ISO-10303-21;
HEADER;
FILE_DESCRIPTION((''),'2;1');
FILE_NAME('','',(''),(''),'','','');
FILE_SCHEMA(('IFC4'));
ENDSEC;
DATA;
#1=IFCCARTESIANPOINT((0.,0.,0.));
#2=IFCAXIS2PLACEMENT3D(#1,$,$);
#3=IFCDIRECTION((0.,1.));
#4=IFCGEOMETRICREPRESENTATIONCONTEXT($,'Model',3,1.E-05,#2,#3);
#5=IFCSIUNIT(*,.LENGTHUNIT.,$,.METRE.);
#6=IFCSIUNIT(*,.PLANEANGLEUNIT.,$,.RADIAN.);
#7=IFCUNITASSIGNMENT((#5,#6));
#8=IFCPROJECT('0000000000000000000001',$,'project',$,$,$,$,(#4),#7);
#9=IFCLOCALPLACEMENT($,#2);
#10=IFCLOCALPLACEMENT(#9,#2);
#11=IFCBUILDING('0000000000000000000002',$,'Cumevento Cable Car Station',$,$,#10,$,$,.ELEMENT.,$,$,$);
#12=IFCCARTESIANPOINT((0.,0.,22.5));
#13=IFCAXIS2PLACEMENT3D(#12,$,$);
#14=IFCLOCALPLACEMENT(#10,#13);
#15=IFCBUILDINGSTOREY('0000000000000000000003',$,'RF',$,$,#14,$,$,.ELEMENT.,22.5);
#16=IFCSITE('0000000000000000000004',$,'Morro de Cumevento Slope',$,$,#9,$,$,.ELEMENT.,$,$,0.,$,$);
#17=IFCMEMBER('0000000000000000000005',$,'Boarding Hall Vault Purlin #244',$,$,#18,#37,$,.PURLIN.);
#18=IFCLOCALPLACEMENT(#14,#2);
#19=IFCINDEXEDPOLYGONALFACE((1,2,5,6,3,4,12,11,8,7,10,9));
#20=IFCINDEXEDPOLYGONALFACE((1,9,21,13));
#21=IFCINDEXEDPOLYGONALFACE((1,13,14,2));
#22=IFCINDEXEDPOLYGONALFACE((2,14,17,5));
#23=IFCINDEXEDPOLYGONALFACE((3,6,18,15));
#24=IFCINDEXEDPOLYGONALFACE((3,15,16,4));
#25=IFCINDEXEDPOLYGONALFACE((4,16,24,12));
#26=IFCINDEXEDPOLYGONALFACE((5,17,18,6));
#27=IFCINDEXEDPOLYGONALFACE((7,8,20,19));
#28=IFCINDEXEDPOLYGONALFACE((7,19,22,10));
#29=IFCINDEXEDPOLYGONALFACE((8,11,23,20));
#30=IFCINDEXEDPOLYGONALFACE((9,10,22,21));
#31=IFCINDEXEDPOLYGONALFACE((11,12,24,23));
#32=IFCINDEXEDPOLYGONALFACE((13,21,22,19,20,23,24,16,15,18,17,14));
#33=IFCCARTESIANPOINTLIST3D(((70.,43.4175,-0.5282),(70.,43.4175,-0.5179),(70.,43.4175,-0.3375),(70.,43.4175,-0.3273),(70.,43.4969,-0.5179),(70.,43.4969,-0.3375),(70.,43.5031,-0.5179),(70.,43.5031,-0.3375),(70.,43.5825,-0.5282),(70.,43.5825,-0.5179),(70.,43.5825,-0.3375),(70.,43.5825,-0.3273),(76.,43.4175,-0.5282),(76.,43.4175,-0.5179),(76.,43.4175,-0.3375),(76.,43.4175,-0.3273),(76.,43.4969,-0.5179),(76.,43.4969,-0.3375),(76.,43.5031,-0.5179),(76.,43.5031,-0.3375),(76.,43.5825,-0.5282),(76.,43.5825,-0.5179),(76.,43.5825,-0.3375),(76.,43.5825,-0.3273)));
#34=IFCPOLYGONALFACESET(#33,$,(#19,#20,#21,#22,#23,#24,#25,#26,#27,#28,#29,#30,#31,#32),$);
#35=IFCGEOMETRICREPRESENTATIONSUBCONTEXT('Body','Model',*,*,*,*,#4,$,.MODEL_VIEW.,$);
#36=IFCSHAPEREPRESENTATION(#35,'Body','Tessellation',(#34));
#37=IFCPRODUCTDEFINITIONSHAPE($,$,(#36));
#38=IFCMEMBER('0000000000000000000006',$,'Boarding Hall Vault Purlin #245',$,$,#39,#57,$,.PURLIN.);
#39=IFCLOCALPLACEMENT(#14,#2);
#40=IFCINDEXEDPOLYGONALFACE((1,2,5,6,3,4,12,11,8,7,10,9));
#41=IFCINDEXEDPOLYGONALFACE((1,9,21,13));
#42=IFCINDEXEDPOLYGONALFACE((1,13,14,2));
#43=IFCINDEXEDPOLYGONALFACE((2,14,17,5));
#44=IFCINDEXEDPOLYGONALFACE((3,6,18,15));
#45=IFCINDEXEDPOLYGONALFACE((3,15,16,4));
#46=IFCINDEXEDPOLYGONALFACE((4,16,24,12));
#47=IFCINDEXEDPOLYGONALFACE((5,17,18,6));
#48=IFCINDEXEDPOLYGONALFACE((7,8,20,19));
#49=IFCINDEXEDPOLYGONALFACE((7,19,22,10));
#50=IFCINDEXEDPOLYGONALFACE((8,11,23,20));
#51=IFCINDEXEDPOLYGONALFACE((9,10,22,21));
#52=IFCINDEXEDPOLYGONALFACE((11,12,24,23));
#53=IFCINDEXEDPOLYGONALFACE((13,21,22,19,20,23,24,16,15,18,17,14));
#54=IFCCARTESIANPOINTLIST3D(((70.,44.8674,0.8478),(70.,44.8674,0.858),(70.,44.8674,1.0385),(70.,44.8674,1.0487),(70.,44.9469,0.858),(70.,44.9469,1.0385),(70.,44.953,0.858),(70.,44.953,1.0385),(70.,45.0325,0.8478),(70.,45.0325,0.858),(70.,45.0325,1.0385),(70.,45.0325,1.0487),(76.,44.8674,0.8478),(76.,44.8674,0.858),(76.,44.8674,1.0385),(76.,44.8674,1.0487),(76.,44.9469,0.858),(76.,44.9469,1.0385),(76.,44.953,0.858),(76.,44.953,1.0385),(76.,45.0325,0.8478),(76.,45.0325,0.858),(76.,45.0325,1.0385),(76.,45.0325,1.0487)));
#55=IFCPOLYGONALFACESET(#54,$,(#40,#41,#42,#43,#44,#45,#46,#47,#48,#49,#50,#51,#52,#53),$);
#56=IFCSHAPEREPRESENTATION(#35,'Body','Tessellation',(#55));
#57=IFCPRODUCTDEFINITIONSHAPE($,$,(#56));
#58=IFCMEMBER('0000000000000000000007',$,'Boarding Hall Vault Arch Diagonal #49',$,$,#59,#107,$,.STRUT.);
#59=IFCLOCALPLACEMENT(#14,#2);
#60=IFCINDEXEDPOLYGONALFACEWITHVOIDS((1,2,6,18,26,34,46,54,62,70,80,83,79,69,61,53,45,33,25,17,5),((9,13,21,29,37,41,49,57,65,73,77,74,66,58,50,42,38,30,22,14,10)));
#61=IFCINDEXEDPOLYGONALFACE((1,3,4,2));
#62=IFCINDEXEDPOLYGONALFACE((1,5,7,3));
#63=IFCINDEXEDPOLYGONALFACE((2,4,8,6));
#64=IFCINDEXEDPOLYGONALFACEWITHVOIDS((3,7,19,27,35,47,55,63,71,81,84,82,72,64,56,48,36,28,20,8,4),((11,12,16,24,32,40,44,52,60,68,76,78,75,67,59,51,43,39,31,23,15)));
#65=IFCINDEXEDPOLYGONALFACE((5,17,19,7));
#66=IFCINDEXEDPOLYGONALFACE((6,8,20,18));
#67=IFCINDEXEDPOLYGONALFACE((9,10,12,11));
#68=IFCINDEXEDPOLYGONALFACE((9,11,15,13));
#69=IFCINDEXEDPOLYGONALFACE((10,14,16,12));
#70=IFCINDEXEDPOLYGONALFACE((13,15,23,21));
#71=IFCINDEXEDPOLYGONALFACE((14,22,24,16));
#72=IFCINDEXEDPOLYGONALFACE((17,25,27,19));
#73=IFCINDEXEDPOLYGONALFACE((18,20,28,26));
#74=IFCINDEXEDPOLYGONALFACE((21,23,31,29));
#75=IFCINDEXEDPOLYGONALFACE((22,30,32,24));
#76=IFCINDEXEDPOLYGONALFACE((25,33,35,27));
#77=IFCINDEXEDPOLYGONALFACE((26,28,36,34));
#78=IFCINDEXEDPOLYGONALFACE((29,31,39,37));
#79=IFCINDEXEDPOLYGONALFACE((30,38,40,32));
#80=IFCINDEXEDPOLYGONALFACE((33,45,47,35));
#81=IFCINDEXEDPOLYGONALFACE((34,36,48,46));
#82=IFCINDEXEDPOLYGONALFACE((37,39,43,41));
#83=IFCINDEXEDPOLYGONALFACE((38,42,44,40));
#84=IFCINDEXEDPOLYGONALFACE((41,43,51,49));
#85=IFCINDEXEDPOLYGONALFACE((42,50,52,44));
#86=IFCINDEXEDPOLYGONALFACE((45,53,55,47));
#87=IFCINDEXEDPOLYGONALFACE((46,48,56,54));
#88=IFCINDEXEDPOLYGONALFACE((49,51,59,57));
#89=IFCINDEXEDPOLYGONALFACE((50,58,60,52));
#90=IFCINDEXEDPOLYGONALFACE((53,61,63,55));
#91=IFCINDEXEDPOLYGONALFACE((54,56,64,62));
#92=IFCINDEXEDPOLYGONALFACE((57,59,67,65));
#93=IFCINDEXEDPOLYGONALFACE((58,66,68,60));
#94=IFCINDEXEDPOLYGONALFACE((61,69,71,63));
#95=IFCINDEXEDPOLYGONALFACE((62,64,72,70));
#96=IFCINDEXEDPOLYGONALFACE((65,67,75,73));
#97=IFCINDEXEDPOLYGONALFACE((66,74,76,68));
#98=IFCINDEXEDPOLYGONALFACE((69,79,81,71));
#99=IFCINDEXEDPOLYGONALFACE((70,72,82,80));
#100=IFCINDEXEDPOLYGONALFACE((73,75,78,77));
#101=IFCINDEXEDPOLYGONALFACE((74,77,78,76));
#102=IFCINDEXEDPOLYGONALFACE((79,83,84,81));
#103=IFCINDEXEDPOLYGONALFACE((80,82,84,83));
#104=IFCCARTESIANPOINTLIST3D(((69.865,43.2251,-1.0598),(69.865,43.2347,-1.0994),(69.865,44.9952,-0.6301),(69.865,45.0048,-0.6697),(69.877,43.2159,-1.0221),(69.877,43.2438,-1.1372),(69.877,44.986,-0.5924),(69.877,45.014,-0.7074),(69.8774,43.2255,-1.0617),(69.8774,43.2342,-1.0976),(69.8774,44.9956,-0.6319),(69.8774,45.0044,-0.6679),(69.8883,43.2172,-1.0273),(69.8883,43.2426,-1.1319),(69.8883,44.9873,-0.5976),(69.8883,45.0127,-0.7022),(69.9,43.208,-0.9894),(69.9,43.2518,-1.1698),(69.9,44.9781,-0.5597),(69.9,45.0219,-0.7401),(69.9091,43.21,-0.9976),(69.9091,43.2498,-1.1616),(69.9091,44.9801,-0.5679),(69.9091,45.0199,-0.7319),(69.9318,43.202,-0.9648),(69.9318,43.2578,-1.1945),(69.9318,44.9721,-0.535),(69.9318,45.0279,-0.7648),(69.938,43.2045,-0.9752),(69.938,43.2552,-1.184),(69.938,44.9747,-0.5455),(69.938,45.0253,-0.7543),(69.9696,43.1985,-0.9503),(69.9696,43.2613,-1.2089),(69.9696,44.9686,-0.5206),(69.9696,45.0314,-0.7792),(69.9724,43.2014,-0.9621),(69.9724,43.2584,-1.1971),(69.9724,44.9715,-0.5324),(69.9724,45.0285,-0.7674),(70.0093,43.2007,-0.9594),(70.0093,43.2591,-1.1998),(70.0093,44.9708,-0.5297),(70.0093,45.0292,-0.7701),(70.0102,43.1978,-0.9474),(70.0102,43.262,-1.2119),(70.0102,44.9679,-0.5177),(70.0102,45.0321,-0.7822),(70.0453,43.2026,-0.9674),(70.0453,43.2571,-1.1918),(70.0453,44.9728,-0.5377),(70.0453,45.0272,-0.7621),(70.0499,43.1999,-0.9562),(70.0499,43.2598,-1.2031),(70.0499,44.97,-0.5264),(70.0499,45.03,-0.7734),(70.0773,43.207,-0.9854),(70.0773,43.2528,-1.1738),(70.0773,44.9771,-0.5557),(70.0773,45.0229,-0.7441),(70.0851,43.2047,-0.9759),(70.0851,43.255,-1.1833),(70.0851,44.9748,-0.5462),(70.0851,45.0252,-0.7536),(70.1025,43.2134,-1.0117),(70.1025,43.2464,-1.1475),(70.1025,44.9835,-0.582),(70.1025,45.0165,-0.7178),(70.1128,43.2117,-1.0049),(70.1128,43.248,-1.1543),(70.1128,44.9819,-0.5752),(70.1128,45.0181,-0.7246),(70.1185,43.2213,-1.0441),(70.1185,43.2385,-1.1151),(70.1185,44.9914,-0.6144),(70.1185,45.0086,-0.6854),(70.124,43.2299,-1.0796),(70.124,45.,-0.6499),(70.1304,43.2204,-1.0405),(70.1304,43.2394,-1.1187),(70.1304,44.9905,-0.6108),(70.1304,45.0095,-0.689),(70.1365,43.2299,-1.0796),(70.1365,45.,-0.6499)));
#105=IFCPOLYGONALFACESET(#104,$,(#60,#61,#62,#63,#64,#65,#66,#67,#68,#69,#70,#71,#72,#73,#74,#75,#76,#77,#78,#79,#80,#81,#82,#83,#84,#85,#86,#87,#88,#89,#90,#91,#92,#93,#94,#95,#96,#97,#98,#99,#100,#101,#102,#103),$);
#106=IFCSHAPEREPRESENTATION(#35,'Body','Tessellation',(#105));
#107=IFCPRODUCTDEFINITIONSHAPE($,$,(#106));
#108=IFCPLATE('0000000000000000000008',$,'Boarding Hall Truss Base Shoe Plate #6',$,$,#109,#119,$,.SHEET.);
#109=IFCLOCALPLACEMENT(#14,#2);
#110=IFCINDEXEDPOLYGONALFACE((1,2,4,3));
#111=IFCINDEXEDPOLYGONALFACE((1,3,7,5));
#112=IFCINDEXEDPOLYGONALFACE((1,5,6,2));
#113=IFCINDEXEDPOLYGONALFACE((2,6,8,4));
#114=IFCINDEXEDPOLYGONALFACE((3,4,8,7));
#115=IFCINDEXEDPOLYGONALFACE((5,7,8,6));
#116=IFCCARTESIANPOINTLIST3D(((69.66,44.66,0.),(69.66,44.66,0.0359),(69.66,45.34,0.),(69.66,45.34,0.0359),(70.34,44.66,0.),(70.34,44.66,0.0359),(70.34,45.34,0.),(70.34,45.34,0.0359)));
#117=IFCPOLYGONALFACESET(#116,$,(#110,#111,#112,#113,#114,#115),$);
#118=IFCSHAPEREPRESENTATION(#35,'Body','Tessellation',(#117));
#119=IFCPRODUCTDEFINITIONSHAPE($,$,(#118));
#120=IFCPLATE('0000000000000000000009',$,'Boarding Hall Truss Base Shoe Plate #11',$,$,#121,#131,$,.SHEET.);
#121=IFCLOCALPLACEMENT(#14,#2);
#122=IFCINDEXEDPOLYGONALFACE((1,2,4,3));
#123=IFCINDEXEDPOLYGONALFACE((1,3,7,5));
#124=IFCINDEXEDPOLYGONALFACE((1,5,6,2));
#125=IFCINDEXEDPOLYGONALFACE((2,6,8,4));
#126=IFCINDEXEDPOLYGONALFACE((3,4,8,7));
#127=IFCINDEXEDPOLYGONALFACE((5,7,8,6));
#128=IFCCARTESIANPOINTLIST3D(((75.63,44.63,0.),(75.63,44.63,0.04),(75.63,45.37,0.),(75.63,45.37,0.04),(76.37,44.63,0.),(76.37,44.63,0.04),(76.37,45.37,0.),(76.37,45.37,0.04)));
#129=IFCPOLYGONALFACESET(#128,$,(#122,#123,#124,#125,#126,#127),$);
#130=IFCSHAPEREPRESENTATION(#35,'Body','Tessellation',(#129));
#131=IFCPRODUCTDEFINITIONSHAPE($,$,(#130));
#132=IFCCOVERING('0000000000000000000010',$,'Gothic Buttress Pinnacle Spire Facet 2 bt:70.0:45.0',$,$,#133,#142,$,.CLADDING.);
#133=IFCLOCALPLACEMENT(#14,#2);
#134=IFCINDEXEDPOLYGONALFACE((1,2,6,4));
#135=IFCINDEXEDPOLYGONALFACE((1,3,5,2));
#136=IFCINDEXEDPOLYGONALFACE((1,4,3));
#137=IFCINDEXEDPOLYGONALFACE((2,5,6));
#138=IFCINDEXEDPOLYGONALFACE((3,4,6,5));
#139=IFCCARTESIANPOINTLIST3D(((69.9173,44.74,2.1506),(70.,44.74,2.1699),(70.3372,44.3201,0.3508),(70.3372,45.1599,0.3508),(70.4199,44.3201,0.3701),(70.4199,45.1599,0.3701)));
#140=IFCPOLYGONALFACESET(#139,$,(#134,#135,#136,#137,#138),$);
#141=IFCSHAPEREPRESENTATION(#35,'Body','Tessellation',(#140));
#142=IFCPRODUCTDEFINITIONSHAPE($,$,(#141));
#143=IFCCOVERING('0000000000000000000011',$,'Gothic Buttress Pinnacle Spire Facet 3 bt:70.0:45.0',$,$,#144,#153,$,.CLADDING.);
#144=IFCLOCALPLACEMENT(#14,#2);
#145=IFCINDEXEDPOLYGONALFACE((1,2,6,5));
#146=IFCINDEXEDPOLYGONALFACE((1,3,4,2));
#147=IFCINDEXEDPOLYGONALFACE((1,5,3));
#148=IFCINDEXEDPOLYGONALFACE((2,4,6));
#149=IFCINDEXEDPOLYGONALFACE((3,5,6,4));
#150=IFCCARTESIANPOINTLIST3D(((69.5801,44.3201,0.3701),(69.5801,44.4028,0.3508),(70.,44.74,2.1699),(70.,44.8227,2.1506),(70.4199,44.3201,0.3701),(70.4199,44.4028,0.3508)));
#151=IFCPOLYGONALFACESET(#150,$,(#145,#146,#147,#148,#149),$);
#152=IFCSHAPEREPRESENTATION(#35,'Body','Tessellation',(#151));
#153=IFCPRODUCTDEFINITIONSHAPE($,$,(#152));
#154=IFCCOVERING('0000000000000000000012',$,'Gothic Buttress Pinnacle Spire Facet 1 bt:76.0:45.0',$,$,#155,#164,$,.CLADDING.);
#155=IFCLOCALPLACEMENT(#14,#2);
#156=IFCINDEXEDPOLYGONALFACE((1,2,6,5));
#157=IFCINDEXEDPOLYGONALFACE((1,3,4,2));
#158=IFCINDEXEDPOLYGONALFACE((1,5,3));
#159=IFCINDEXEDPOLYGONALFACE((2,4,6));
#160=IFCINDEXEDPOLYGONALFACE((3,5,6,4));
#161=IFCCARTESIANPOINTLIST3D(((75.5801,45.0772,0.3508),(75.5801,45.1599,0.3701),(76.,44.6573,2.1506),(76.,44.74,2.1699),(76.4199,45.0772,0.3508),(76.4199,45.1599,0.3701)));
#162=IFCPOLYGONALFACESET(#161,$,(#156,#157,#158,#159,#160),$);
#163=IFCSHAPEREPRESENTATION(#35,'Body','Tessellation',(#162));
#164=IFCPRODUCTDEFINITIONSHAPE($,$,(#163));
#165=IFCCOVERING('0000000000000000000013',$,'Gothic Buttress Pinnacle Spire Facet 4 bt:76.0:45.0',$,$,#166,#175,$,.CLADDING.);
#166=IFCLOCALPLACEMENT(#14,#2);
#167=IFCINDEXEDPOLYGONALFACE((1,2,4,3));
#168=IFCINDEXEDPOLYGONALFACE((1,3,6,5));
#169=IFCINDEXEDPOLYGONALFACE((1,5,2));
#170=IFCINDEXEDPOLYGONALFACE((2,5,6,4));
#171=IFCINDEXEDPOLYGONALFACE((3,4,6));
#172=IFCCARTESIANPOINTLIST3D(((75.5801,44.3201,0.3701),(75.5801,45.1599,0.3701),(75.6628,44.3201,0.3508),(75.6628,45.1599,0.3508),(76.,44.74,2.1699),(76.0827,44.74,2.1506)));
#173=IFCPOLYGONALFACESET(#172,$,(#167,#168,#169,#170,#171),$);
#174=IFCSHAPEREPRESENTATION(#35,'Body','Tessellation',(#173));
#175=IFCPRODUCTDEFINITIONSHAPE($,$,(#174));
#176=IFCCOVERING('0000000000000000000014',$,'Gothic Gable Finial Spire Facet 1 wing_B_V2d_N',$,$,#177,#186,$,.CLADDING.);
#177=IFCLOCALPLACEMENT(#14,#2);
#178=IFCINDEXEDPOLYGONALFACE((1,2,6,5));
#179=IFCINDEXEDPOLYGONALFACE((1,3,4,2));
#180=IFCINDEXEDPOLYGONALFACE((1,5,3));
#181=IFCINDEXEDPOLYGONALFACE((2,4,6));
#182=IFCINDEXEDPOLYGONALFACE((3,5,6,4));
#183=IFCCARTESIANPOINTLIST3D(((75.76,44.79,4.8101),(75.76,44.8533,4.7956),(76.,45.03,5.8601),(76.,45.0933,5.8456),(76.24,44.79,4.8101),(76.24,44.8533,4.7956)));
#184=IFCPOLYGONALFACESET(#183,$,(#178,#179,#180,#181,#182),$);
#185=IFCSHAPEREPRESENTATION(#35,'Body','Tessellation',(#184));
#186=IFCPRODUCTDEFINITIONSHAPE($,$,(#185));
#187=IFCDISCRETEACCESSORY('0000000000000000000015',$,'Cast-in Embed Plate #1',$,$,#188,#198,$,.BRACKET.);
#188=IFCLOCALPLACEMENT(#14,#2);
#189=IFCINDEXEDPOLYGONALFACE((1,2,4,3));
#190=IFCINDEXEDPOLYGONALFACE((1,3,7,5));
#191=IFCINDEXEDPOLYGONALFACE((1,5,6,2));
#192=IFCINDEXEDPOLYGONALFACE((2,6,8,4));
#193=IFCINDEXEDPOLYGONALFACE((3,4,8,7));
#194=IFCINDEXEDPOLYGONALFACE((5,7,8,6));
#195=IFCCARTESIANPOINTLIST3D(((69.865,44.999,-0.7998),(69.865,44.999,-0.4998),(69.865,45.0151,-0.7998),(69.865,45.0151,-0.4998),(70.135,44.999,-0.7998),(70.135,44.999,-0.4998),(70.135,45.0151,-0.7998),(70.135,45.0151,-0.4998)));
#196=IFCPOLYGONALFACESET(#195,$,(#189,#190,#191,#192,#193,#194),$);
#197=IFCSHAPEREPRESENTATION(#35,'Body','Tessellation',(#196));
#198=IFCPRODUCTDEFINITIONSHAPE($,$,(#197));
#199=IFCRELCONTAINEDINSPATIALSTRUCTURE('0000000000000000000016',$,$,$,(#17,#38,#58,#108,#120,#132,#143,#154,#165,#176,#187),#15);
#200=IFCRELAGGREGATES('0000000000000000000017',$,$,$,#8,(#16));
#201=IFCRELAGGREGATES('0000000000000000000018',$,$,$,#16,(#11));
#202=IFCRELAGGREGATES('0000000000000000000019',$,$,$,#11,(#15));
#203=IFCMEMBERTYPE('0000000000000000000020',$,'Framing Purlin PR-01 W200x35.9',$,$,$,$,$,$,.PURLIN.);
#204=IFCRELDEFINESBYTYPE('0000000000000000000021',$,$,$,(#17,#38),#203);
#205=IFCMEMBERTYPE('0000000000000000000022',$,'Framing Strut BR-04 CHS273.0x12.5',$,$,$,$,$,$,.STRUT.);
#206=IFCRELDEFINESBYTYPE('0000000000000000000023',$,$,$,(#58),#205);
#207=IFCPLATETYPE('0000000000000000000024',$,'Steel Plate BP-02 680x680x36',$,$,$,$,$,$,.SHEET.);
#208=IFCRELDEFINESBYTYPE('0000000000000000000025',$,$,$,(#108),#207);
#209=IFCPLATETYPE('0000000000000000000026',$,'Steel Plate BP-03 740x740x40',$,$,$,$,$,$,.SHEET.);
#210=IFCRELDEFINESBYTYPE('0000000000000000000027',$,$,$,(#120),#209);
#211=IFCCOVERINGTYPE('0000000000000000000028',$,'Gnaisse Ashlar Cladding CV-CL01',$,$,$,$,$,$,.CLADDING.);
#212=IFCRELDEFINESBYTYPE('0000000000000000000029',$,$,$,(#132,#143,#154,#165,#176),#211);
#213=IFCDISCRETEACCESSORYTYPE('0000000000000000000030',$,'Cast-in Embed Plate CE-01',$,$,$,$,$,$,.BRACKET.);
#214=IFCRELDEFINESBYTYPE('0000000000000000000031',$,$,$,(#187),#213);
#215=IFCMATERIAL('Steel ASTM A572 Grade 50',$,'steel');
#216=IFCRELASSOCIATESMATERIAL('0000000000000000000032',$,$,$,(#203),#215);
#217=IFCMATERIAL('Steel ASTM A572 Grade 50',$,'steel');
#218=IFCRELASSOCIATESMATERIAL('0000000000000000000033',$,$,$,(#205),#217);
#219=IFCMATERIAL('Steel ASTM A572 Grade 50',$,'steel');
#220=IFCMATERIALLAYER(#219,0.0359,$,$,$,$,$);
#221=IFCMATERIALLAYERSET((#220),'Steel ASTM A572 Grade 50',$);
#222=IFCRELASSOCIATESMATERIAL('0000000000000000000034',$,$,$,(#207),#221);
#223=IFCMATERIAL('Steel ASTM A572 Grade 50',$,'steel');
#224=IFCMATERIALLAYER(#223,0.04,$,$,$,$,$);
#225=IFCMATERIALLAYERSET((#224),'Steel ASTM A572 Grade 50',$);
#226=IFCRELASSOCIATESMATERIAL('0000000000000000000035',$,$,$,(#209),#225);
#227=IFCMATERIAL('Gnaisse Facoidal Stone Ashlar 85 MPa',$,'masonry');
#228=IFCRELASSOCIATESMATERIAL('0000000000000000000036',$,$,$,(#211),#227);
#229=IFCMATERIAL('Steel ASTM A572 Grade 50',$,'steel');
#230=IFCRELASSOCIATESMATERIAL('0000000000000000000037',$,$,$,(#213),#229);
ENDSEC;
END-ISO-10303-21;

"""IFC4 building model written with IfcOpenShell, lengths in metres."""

from ifc_helpers import new_model, si_unit, direction, frame, origin, origin_2d, place, context, subcontext, project, spatial, polyline, rectangle, hollow_circle, i_section, outline, extrude, material, layer, layer_set, material_profile, profile_set, type_object, element, save


model = new_model("IFC4")

# Units and contexts
model_context = context("Model", 3, precision=1e-05, world=origin(), true_north=direction((0.0, 1.0)))
body_context = subcontext(model_context, "Body", "Model", "MODEL_VIEW")
ifc_project = project(units=[si_unit("LENGTHUNIT", "METRE"), si_unit("PLANEANGLEUNIT", "RADIAN")], contexts=[model_context])

# Site, building, storey
site_placement = place(None, origin())
site = spatial("IfcSite", under=ifc_project, at=site_placement, Name="Morro de Cumevento Slope", CompositionType="ELEMENT", RefElevation=0.0)
building_placement = place(site_placement, origin())
building = spatial("IfcBuilding", under=site, at=building_placement, Name="Cumevento Cable Car Station", CompositionType="ELEMENT")
storey_placement = place(building_placement, frame((0.0, 0.0, 22.5)))
storey = spatial("IfcBuildingStorey", under=building, at=storey_placement, Name="RF", CompositionType="ELEMENT", Elevation=22.5)

# Members
ifc_material_1 = material(Name="Steel ASTM A572 Grade 50", Category="steel")
ifc_material_profile_1 = material_profile(ifc_material_1, i_section(OverallWidth=0.165, OverallDepth=0.2009, WebThickness=0.0061, FlangeThickness=0.0103, at=origin_2d()), Name="W200x35.9")
ifc_profile_set_1 = profile_set([ifc_material_profile_1], Name="Steel ASTM A572 Grade 50")
member_type_1 = type_object("IfcMemberType", Name="Framing Purlin PR-01 W200x35.9", PredefinedType="PURLIN", material=ifc_profile_set_1)
for number, where, z_axis, x_axis, name in (
    (1, (70.0, 43.5, -0.4277), (1.0, 0.0, 0.0), (0.0, 1.0, 0.0), "Boarding Hall Vault Purlin #244"),
    (2, (70.0, 44.95, 0.9482), (1.0, 0.0, 0.0), (0.0, 1.0, 0.0), "Boarding Hall Vault Purlin #245"),
):
    element("IfcMember", number, at=place(storey_placement, frame(where, z_axis=z_axis, x_axis=x_axis)), inside=storey, type_object=member_type_1, Name=name, PredefinedType="PURLIN", context=body_context, shape_type="SweptSolid", body=[
        extrude(i_section(OverallWidth=0.165, OverallDepth=0.2009, WebThickness=0.0061, FlangeThickness=0.0103, at=origin_2d()), origin(), (0.0, 0.0, 1.0), 6.0),
    ])
ifc_material_2 = material(Name="Steel ASTM A572 Grade 50", Category="steel")
ifc_material_profile_2 = material_profile(ifc_material_2, hollow_circle(Radius=0.1365, WallThickness=0.0125, at=origin_2d()), Name="CHS273.0x12.5")
ifc_profile_set_2 = profile_set([ifc_material_profile_2], Name="Steel ASTM A572 Grade 50")
member_type_2 = type_object("IfcMemberType", Name="Framing Strut BR-04 CHS273.0x12.5", PredefinedType="STRUT", material=ifc_profile_set_2)
member_placement = place(storey_placement, frame((70.0, 45.0, -0.6499), z_axis=(0.0, -0.971776, -0.235907), x_axis=(1.0, 0.0, 0.0)))
element("IfcMember", 3, at=member_placement, inside=storey, type_object=member_type_2, Name="Boarding Hall Vault Arch Diagonal #49", PredefinedType="STRUT", context=body_context, shape_type="SweptSolid", body=[
    extrude(hollow_circle(Radius=0.1365, WallThickness=0.0125, at=origin_2d()), origin(), (0.0, 0.0, 1.0), 1.8215),
])

# Plates
ifc_material_3 = material(Name="Steel ASTM A572 Grade 50", Category="steel")
ifc_layer_1 = layer(ifc_material_3, 0.0359)
ifc_layer_set_1 = layer_set([ifc_layer_1], Name="Steel ASTM A572 Grade 50")
plate_type_1 = type_object("IfcPlateType", Name="Steel Plate BP-02 680x680x36", PredefinedType="SHEET", material=ifc_layer_set_1)
plate_1_placement = place(storey_placement, frame((70.0, 45.0, 0.0), z_axis=(0.0, 0.0, 1.0), x_axis=(1.0, 0.0, 0.0)))
element("IfcPlate", 4, at=plate_1_placement, inside=storey, type_object=plate_type_1, Name="Boarding Hall Truss Base Shoe Plate #6", PredefinedType="SHEET", context=body_context, shape_type="SweptSolid", body=[
    extrude(rectangle(XDim=0.6799, YDim=0.6799, at=origin_2d()), origin(), (0.0, 0.0, 1.0), 0.0359),
])
ifc_material_4 = material(Name="Steel ASTM A572 Grade 50", Category="steel")
ifc_layer_2 = layer(ifc_material_4, 0.04)
ifc_layer_set_2 = layer_set([ifc_layer_2], Name="Steel ASTM A572 Grade 50")
plate_type_2 = type_object("IfcPlateType", Name="Steel Plate BP-03 740x740x40", PredefinedType="SHEET", material=ifc_layer_set_2)
plate_2_placement = place(storey_placement, frame((76.0, 45.0, 0.0), z_axis=(0.0, 0.0, 1.0), x_axis=(1.0, 0.0, 0.0)))
element("IfcPlate", 5, at=plate_2_placement, inside=storey, type_object=plate_type_2, Name="Boarding Hall Truss Base Shoe Plate #11", PredefinedType="SHEET", context=body_context, shape_type="SweptSolid", body=[
    extrude(rectangle(XDim=0.74, YDim=0.74, at=origin_2d()), origin(), (0.0, 0.0, 1.0), 0.04),
])

# Coverings
ifc_material_5 = material(Name="Gnaisse Facoidal Stone Ashlar 85 MPa", Category="masonry")
covering_type = type_object("IfcCoveringType", Name="Gnaisse Ashlar Cladding CV-CL01", PredefinedType="CLADDING", material=ifc_material_5)
for number, where, z_axis, x_axis, name in (
    (6, (70.4199, 45.1599, 0.3701), (0.973845, 0.0, 0.227213), (0.0, -1.0, 0.0), "Gothic Buttress Pinnacle Spire Facet 2 bt:70.0:45.0"),
    (7, (70.4199, 44.3201, 0.3701), (0.0, -0.973845, 0.227213), (-1.0, 0.0, 0.0), "Gothic Buttress Pinnacle Spire Facet 3 bt:70.0:45.0"),
    (8, (75.5801, 45.1599, 0.3701), (0.0, 0.973845, 0.227213), (1.0, 0.0, 0.0), "Gothic Buttress Pinnacle Spire Facet 1 bt:76.0:45.0"),
    (9, (75.5801, 44.3201, 0.3701), (-0.973845, 0.0, 0.227213), (0.0, 1.0, 0.0), "Gothic Buttress Pinnacle Spire Facet 4 bt:76.0:45.0"),
):
    element("IfcCovering", number, at=place(storey_placement, frame(where, z_axis=z_axis, x_axis=x_axis)), inside=storey, type_object=covering_type, Name=name, PredefinedType="CLADDING", context=body_context, shape_type="SweptSolid", body=[
        extrude(outline(polyline([(0.0, 0.0), (0.8398, 0.0), (0.4199, -1.8481), (0.0, 0.0)])), origin(), (0.0, 0.0, -1.0), 0.085),
    ])
covering_1_placement = place(storey_placement, frame((75.76, 44.79, 4.8101), z_axis=(0.0, -0.974863, 0.222806), x_axis=(1.0, 0.0, 0.0)))
element("IfcCovering", 10, at=covering_1_placement, inside=storey, type_object=covering_type, Name="Gothic Gable Finial Spire Facet 1 wing_B_V2d_N", PredefinedType="CLADDING", context=body_context, shape_type="SweptSolid", body=[
    extrude(outline(polyline([(0.0, 0.0), (0.48, 0.0), (0.24, 1.0771), (0.0, 0.0)])), origin(), (0.0, 0.0, -1.0), 0.0649),
])

# Discrete accessory
ifc_material_6 = material(Name="Steel ASTM A572 Grade 50", Category="steel")
discrete_accessory_type = type_object("IfcDiscreteAccessoryType", Name="Cast-in Embed Plate CE-01", PredefinedType="BRACKET", material=ifc_material_6)
discrete_accessory_placement = place(storey_placement, frame((70.0, 45.0071, -0.7998), z_axis=(0.0, 0.0, 1.0), x_axis=(0.0, 1.0, 0.0)))
element("IfcDiscreteAccessory", 11, at=discrete_accessory_placement, inside=storey, type_object=discrete_accessory_type, Name="Cast-in Embed Plate #1", PredefinedType="BRACKET", context=body_context, shape_type="SweptSolid", body=[
    extrude(rectangle(XDim=0.0161, YDim=0.27, at=origin_2d()), origin(), (0.0, 0.0, 1.0), 0.3),
])

save(model, "model.ifc")
